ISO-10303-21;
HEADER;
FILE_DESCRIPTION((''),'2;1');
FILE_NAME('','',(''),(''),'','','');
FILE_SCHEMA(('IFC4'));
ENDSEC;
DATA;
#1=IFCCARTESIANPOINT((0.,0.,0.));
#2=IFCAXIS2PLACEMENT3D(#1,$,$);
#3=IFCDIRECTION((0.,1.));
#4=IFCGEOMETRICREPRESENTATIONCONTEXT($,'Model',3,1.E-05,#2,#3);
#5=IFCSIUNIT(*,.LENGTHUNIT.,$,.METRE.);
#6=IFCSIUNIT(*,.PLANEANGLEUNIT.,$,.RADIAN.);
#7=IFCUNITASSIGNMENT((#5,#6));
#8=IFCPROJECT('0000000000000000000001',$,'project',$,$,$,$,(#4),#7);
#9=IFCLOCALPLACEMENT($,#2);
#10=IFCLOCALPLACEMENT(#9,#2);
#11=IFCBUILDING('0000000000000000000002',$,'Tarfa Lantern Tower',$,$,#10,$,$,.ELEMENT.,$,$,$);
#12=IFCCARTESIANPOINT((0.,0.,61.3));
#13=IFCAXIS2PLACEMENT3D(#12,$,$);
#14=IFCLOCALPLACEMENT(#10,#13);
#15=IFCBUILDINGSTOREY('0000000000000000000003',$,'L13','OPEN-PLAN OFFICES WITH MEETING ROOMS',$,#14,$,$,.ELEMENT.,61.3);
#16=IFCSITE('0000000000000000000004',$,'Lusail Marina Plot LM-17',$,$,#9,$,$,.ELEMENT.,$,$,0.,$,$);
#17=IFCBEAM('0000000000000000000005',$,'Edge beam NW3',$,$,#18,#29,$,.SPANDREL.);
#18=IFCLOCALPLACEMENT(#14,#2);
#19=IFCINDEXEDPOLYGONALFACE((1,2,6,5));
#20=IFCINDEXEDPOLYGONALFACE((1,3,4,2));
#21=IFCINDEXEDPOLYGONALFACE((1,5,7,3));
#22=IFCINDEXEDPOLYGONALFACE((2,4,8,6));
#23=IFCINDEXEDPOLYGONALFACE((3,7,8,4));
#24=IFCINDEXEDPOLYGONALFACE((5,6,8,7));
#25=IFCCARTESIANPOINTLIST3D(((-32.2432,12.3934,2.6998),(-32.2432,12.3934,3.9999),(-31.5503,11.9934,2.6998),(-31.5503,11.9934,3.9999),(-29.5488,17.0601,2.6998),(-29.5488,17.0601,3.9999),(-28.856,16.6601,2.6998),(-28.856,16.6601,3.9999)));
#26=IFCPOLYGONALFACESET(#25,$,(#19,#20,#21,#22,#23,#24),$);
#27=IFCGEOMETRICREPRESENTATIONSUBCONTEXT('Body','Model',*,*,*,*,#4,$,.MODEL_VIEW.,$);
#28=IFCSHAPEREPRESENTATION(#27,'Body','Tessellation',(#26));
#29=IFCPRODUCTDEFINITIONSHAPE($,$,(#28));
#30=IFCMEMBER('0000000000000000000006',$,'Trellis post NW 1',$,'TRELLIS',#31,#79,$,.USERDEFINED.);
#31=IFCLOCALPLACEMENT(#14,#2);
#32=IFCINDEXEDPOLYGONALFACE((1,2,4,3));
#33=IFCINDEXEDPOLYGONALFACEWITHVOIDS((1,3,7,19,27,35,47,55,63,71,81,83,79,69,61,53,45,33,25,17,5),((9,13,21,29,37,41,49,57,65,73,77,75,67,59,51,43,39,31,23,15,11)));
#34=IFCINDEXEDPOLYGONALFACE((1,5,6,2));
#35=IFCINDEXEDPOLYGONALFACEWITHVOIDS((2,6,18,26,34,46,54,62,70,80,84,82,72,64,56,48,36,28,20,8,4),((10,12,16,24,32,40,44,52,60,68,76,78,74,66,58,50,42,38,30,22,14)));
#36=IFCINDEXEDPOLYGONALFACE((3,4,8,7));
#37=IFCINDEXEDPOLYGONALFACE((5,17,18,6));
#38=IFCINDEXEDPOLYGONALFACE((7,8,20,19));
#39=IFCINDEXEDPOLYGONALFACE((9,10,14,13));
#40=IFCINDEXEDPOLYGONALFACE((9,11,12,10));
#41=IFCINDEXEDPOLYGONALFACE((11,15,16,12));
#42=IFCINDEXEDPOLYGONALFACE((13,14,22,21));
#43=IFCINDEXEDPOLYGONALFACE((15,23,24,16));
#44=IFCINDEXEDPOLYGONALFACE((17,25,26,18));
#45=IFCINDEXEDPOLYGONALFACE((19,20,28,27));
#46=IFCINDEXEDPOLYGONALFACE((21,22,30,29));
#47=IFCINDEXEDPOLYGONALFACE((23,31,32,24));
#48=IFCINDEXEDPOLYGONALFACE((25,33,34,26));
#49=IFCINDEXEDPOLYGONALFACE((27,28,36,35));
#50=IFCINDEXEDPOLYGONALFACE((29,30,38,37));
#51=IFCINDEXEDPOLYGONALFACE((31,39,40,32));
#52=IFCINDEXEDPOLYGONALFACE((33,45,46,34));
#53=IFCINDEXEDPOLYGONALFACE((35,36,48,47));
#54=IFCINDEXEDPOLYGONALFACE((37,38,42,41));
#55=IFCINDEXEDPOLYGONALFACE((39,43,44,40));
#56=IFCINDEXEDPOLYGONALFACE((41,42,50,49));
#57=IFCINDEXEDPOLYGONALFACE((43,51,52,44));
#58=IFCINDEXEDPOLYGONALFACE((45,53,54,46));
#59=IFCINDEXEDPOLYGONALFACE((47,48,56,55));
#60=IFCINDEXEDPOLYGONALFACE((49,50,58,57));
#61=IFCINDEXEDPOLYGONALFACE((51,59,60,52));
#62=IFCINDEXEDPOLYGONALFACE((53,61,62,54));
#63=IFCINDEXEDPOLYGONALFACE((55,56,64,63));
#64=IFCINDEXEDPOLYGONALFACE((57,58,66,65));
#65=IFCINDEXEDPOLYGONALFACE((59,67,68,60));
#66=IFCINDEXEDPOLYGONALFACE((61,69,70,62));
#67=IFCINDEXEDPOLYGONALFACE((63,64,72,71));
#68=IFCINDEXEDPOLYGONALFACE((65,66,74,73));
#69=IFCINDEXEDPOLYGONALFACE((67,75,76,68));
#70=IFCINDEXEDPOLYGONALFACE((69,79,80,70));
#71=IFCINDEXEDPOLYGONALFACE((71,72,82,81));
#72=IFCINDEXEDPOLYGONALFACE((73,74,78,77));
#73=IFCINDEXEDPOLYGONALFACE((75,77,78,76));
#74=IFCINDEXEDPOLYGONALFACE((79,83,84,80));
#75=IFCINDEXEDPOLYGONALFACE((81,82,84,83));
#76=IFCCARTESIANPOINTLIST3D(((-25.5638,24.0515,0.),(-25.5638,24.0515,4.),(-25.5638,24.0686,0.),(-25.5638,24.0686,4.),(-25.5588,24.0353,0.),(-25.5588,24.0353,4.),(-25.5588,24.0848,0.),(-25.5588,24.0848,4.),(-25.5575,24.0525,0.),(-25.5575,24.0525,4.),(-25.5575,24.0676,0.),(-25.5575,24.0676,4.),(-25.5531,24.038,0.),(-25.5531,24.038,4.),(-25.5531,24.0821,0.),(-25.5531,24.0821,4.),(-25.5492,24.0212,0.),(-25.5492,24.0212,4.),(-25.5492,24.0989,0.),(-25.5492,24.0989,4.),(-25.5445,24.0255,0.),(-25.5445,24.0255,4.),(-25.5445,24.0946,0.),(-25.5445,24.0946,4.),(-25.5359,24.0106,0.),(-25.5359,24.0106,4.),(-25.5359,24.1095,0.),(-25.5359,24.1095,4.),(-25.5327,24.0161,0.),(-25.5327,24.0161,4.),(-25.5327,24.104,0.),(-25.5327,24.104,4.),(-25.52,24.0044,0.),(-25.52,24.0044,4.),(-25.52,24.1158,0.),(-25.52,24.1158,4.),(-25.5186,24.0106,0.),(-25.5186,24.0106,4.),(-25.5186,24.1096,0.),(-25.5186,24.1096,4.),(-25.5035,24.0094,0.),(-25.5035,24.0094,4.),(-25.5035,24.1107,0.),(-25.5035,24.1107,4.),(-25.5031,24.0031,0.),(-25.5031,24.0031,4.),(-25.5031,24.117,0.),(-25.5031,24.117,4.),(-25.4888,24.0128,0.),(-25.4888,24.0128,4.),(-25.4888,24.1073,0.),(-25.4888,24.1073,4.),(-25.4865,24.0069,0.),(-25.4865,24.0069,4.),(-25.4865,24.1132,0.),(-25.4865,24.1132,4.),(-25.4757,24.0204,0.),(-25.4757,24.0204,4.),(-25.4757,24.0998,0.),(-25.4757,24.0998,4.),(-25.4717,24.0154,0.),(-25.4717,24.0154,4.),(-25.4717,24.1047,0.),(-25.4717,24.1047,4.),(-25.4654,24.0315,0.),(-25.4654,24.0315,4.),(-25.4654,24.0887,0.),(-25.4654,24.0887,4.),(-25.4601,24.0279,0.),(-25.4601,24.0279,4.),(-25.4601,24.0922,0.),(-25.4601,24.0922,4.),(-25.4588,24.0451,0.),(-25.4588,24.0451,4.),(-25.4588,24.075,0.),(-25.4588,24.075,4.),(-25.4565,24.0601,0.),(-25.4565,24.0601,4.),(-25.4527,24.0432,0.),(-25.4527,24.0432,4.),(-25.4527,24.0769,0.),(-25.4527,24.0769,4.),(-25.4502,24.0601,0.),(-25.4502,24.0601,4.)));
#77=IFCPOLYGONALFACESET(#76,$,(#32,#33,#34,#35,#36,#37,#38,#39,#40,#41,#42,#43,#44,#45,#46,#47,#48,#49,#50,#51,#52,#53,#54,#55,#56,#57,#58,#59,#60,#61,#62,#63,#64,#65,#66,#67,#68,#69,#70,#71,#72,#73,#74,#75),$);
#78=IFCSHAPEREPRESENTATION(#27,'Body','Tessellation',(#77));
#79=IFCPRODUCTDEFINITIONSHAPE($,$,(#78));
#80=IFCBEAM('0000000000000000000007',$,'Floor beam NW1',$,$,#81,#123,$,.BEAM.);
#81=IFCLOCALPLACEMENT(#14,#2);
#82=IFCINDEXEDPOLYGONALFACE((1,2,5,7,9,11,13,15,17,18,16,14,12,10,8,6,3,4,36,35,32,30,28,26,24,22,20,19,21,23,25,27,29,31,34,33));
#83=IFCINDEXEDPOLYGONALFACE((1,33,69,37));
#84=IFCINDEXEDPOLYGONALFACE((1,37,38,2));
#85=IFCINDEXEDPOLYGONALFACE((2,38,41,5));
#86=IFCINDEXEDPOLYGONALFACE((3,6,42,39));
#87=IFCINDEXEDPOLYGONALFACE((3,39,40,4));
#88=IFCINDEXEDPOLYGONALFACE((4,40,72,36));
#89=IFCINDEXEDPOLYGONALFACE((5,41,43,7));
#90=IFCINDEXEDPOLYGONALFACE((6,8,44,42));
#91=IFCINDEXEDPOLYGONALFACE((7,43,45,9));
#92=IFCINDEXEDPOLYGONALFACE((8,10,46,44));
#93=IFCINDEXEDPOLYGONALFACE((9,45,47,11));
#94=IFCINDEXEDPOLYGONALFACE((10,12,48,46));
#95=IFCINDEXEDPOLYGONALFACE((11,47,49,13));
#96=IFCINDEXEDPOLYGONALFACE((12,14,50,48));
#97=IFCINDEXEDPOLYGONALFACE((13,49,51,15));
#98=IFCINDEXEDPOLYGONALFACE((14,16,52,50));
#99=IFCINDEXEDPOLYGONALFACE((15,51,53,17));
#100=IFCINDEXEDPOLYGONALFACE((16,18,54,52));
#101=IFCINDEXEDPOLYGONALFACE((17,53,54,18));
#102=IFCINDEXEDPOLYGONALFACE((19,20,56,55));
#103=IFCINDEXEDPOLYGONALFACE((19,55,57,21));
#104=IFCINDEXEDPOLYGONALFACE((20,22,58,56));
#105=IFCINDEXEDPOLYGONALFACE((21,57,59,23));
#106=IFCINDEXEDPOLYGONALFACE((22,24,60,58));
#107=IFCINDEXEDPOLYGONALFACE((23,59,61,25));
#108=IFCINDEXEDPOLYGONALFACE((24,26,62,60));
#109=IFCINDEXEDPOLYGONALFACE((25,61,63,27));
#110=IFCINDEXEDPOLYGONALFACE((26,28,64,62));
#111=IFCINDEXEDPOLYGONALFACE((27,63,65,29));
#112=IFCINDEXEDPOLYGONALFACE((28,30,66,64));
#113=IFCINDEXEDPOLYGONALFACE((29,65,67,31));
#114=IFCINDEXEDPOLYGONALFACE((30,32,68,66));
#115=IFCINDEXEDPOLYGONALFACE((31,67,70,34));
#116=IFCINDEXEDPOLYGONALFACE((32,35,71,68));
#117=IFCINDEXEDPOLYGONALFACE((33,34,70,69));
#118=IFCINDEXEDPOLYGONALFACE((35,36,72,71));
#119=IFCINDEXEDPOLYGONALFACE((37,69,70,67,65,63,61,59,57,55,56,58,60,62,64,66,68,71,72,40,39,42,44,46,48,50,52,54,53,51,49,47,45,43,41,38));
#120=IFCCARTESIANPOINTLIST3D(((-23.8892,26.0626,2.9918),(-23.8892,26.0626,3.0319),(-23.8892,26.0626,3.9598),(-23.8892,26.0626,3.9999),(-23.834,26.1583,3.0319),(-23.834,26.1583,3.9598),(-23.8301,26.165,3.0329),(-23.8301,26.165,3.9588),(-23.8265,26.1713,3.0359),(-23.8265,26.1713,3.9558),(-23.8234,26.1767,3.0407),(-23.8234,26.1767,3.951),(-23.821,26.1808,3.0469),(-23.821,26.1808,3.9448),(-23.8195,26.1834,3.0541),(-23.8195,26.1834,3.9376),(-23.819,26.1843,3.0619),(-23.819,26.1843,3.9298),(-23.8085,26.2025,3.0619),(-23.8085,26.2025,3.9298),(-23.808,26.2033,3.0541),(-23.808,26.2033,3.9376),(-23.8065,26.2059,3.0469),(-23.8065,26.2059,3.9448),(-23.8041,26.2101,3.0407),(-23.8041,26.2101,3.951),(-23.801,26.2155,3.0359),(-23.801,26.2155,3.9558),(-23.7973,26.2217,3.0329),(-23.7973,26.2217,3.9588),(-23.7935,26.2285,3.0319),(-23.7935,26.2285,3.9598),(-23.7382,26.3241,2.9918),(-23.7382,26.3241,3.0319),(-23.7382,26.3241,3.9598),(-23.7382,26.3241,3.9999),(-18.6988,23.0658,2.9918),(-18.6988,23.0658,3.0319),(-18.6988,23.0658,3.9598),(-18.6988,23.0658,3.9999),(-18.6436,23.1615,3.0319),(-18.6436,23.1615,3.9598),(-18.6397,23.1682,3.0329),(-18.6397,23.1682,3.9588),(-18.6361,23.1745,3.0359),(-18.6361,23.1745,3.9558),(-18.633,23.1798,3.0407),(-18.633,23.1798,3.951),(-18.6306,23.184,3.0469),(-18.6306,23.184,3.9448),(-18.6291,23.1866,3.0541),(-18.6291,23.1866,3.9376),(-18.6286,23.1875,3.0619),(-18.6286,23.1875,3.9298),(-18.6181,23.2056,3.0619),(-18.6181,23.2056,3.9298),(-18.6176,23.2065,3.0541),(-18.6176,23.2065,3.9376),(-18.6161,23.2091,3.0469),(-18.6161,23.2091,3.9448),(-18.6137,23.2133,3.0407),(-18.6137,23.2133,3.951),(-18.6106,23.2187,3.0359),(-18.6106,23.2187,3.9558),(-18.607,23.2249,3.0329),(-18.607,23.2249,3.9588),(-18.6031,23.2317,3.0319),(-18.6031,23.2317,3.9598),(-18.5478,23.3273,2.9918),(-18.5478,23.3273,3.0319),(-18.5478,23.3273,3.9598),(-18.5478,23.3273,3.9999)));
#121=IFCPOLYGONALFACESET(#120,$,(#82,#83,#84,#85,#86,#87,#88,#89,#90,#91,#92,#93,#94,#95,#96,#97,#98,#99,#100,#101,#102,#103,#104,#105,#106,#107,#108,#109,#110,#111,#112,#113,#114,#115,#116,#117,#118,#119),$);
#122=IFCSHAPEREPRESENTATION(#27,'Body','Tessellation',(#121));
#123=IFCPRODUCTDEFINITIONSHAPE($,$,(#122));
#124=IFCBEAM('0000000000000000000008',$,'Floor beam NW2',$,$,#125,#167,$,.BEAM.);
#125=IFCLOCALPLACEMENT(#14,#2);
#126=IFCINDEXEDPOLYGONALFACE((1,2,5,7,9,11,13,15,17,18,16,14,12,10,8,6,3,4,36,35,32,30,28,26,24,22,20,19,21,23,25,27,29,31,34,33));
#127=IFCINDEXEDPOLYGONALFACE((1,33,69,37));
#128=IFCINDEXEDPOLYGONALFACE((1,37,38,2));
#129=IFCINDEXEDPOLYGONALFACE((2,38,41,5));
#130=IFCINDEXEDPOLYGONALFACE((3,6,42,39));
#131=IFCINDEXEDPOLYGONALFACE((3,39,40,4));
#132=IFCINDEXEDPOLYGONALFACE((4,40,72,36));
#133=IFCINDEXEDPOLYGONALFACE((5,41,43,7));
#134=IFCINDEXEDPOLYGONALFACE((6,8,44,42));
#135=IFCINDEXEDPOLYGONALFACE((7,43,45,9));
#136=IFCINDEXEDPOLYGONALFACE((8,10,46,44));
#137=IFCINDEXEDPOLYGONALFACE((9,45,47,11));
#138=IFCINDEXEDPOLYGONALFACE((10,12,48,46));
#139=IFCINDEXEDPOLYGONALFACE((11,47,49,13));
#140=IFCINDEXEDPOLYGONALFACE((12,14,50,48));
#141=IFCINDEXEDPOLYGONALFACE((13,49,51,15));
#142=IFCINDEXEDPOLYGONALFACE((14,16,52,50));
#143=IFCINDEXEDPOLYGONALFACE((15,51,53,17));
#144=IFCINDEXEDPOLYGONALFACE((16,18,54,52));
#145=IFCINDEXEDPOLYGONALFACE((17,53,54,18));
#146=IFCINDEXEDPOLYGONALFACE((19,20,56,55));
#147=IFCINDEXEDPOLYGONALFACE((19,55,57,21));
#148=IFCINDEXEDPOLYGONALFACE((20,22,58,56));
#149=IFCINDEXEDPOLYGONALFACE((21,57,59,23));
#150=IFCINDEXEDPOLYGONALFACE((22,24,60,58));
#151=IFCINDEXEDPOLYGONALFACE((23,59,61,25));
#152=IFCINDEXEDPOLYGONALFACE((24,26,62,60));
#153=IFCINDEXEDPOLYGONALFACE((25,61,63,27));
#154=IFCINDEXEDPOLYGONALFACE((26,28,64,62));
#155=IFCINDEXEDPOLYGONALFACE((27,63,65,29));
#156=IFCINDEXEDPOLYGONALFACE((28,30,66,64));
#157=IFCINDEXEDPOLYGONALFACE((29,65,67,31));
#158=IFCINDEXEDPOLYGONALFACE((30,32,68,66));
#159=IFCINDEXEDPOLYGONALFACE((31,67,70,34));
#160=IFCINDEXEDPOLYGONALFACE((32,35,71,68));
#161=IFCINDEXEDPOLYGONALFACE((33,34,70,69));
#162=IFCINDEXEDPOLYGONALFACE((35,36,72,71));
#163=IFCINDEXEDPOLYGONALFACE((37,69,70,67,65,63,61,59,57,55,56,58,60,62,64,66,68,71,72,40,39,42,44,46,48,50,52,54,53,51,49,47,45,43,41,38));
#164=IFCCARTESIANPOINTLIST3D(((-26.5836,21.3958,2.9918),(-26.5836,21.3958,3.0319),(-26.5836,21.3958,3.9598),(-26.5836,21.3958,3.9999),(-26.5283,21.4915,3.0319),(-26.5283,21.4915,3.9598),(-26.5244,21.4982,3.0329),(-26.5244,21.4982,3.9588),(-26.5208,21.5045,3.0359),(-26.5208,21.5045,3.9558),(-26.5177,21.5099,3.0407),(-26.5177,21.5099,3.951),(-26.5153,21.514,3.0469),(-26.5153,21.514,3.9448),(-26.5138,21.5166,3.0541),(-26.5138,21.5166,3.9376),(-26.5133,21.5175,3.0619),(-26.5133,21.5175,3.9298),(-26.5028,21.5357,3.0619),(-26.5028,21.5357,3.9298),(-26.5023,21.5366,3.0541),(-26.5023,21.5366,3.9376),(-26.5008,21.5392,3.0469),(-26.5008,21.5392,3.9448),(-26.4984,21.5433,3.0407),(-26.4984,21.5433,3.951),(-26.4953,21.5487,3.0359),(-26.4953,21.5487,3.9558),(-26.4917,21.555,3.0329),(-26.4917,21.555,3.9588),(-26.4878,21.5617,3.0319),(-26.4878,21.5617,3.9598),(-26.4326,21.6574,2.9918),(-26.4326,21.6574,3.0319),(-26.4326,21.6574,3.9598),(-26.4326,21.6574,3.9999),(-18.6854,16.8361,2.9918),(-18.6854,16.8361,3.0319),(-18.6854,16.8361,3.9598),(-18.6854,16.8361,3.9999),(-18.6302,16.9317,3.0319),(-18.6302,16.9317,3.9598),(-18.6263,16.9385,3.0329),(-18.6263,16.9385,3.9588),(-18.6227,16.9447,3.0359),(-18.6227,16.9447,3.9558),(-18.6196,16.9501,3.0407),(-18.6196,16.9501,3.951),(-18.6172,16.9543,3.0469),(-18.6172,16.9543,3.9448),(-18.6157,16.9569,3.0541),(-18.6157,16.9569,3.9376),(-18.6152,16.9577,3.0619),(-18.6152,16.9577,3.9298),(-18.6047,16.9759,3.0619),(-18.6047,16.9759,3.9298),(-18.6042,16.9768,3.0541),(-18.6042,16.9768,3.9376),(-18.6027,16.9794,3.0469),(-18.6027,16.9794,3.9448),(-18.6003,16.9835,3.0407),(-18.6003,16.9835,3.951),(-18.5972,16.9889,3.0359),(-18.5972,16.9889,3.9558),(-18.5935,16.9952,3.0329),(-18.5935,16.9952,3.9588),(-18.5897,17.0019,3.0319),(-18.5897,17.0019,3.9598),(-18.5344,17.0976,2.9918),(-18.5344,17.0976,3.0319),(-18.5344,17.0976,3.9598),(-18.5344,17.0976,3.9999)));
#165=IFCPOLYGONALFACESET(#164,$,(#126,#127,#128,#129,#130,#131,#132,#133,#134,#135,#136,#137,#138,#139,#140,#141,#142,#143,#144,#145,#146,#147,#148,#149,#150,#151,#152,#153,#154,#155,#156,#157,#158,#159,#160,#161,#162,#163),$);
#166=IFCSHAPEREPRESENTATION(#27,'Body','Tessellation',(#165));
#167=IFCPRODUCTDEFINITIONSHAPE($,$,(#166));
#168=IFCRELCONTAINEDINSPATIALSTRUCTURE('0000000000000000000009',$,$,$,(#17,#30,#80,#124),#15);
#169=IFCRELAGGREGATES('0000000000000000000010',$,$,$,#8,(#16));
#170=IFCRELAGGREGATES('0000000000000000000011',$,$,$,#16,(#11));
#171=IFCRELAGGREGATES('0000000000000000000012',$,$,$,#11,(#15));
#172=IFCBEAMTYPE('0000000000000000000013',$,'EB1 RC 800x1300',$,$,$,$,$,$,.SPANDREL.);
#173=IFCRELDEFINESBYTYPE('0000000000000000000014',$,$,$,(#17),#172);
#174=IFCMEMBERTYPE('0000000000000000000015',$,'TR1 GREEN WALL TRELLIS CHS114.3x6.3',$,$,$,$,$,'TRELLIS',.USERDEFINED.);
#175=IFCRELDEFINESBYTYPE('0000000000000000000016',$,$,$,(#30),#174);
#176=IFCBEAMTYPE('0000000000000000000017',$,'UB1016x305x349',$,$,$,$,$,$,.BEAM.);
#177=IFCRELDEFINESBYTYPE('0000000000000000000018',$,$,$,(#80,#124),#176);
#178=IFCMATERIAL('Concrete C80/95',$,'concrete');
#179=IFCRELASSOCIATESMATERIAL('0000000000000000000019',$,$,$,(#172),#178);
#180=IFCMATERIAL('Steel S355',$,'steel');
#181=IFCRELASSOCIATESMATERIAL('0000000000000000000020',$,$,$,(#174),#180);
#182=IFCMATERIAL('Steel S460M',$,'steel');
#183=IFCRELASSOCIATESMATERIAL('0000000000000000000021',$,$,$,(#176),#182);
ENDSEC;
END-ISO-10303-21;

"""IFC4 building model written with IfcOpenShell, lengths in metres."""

from ifc_helpers import new_model, si_unit, direction, frame, origin, origin_2d, place, context, subcontext, project, spatial, rectangle, hollow_circle, i_section, extrude, material, material_profile, profile_set, type_object, element, save


model = new_model("IFC4")

# Units and contexts
model_context = context("Model", 3, precision=1e-05, world=origin(), true_north=direction((0.0, 1.0)))
body_context = subcontext(model_context, "Body", "Model", "MODEL_VIEW")
ifc_project = project(units=[si_unit("LENGTHUNIT", "METRE"), si_unit("PLANEANGLEUNIT", "RADIAN")], contexts=[model_context])

# Site, building, storey
site_placement = place(None, origin())
site = spatial("IfcSite", under=ifc_project, at=site_placement, Name="Lusail Marina Plot LM-17", CompositionType="ELEMENT", RefElevation=0.0)
building_placement = place(site_placement, origin())
building = spatial("IfcBuilding", under=site, at=building_placement, Name="Tarfa Lantern Tower", CompositionType="ELEMENT")
storey_placement = place(building_placement, frame((0.0, 0.0, 61.3)))
storey = spatial("IfcBuildingStorey", under=building, at=storey_placement, Name="L13", Description="OPEN-PLAN OFFICES WITH MEETING ROOMS", CompositionType="ELEMENT", Elevation=61.3)

# Shared definitions
ifc_material_1 = material(Name="Concrete C80/95", Category="concrete")

# Beam
ifc_material_profile_1 = material_profile(ifc_material_1, rectangle(XDim=0.8, YDim=1.3, at=origin_2d()), Name="RC 800x1300")
ifc_profile_set_1 = profile_set([ifc_material_profile_1], Name="Concrete C80/95")
beam_type_1 = type_object("IfcBeamType", Name="EB1 RC 800x1300", PredefinedType="SPANDREL", material=ifc_profile_set_1)
beam_1_placement = place(storey_placement, frame((-29.2024, 16.8601, 3.3499), z_axis=(-0.499998, -0.866026, 0.0), x_axis=(0.866026, -0.499998, 0.0)))
element("IfcBeam", 1, at=beam_1_placement, inside=storey, type_object=beam_type_1, Name="Edge beam NW3", PredefinedType="SPANDREL", context=body_context, shape_type="SweptSolid", body=[
    extrude(rectangle(XDim=0.8, YDim=1.3, at=origin_2d()), origin(), (0.0, 0.0, 1.0), 5.3887),
])

# Member
ifc_material_2 = material(Name="Steel S355", Category="steel")
ifc_material_profile_2 = material_profile(ifc_material_2, hollow_circle(Radius=0.0571, WallThickness=0.0063, at=origin_2d()), Name="CHS114.3x6.3")
ifc_profile_set_2 = profile_set([ifc_material_profile_2], Name="Steel S355")
member_type_1 = type_object("IfcMemberType", Name="TR1 GREEN WALL TRELLIS CHS114.3x6.3", ElementType="TRELLIS", PredefinedType="USERDEFINED", material=ifc_profile_set_2)
member_1_placement = place(storey_placement, frame((-25.5073, 24.0601, 0.0), z_axis=(0.0, 0.0, 1.0), x_axis=(1.0, 0.0, 0.0)))
element("IfcMember", 2, at=member_1_placement, inside=storey, type_object=member_type_1, Name="Trellis post NW 1", ObjectType="TRELLIS", PredefinedType="USERDEFINED", context=body_context, shape_type="SweptSolid", body=[
    extrude(hollow_circle(Radius=0.0571, WallThickness=0.0063, at=origin_2d()), origin(), (0.0, 0.0, 1.0), 4.0),
])

# Beams
ifc_material_3 = material(Name="Steel S460M", Category="steel")
ifc_material_profile_3 = material_profile(ifc_material_3, i_section(OverallWidth=0.302, OverallDepth=1.0081, WebThickness=0.021, FlangeThickness=0.04, FilletRadius=0.03, at=origin_2d()), Name="UB1016x305x349")
ifc_profile_set_3 = profile_set([ifc_material_profile_3], Name="Steel S460M")
beam_type_2 = type_object("IfcBeamType", Name="UB1016x305x349", PredefinedType="BEAM", material=ifc_profile_set_3)
beam_2_placement = place(storey_placement, frame((-23.8137, 26.1934, 3.4958), z_axis=(0.866016, -0.500016, 0.0), x_axis=(0.500016, 0.866016, 0.0)))
element("IfcBeam", 3, at=beam_2_placement, inside=storey, type_object=beam_type_2, Name="Floor beam NW1", PredefinedType="BEAM", context=body_context, shape_type="SweptSolid", body=[
    extrude(i_section(OverallWidth=0.302, OverallDepth=1.0081, WebThickness=0.021, FlangeThickness=0.04, FilletRadius=0.03, at=origin_2d()), origin(), (0.0, 0.0, 1.0), 5.9934),
])
beam_3_placement = place(storey_placement, frame((-26.5081, 21.5266, 3.4958), z_axis=(0.866035, -0.499983, 0.0), x_axis=(0.499983, 0.866035, 0.0)))
element("IfcBeam", 4, at=beam_3_placement, inside=storey, type_object=beam_type_2, Name="Floor beam NW2", PredefinedType="BEAM", context=body_context, shape_type="SweptSolid", body=[
    extrude(i_section(OverallWidth=0.302, OverallDepth=1.0081, WebThickness=0.021, FlangeThickness=0.04, FilletRadius=0.03, at=origin_2d()), origin(), (0.0, 0.0, 1.0), 9.1199),
])

save(model, "model.ifc")
